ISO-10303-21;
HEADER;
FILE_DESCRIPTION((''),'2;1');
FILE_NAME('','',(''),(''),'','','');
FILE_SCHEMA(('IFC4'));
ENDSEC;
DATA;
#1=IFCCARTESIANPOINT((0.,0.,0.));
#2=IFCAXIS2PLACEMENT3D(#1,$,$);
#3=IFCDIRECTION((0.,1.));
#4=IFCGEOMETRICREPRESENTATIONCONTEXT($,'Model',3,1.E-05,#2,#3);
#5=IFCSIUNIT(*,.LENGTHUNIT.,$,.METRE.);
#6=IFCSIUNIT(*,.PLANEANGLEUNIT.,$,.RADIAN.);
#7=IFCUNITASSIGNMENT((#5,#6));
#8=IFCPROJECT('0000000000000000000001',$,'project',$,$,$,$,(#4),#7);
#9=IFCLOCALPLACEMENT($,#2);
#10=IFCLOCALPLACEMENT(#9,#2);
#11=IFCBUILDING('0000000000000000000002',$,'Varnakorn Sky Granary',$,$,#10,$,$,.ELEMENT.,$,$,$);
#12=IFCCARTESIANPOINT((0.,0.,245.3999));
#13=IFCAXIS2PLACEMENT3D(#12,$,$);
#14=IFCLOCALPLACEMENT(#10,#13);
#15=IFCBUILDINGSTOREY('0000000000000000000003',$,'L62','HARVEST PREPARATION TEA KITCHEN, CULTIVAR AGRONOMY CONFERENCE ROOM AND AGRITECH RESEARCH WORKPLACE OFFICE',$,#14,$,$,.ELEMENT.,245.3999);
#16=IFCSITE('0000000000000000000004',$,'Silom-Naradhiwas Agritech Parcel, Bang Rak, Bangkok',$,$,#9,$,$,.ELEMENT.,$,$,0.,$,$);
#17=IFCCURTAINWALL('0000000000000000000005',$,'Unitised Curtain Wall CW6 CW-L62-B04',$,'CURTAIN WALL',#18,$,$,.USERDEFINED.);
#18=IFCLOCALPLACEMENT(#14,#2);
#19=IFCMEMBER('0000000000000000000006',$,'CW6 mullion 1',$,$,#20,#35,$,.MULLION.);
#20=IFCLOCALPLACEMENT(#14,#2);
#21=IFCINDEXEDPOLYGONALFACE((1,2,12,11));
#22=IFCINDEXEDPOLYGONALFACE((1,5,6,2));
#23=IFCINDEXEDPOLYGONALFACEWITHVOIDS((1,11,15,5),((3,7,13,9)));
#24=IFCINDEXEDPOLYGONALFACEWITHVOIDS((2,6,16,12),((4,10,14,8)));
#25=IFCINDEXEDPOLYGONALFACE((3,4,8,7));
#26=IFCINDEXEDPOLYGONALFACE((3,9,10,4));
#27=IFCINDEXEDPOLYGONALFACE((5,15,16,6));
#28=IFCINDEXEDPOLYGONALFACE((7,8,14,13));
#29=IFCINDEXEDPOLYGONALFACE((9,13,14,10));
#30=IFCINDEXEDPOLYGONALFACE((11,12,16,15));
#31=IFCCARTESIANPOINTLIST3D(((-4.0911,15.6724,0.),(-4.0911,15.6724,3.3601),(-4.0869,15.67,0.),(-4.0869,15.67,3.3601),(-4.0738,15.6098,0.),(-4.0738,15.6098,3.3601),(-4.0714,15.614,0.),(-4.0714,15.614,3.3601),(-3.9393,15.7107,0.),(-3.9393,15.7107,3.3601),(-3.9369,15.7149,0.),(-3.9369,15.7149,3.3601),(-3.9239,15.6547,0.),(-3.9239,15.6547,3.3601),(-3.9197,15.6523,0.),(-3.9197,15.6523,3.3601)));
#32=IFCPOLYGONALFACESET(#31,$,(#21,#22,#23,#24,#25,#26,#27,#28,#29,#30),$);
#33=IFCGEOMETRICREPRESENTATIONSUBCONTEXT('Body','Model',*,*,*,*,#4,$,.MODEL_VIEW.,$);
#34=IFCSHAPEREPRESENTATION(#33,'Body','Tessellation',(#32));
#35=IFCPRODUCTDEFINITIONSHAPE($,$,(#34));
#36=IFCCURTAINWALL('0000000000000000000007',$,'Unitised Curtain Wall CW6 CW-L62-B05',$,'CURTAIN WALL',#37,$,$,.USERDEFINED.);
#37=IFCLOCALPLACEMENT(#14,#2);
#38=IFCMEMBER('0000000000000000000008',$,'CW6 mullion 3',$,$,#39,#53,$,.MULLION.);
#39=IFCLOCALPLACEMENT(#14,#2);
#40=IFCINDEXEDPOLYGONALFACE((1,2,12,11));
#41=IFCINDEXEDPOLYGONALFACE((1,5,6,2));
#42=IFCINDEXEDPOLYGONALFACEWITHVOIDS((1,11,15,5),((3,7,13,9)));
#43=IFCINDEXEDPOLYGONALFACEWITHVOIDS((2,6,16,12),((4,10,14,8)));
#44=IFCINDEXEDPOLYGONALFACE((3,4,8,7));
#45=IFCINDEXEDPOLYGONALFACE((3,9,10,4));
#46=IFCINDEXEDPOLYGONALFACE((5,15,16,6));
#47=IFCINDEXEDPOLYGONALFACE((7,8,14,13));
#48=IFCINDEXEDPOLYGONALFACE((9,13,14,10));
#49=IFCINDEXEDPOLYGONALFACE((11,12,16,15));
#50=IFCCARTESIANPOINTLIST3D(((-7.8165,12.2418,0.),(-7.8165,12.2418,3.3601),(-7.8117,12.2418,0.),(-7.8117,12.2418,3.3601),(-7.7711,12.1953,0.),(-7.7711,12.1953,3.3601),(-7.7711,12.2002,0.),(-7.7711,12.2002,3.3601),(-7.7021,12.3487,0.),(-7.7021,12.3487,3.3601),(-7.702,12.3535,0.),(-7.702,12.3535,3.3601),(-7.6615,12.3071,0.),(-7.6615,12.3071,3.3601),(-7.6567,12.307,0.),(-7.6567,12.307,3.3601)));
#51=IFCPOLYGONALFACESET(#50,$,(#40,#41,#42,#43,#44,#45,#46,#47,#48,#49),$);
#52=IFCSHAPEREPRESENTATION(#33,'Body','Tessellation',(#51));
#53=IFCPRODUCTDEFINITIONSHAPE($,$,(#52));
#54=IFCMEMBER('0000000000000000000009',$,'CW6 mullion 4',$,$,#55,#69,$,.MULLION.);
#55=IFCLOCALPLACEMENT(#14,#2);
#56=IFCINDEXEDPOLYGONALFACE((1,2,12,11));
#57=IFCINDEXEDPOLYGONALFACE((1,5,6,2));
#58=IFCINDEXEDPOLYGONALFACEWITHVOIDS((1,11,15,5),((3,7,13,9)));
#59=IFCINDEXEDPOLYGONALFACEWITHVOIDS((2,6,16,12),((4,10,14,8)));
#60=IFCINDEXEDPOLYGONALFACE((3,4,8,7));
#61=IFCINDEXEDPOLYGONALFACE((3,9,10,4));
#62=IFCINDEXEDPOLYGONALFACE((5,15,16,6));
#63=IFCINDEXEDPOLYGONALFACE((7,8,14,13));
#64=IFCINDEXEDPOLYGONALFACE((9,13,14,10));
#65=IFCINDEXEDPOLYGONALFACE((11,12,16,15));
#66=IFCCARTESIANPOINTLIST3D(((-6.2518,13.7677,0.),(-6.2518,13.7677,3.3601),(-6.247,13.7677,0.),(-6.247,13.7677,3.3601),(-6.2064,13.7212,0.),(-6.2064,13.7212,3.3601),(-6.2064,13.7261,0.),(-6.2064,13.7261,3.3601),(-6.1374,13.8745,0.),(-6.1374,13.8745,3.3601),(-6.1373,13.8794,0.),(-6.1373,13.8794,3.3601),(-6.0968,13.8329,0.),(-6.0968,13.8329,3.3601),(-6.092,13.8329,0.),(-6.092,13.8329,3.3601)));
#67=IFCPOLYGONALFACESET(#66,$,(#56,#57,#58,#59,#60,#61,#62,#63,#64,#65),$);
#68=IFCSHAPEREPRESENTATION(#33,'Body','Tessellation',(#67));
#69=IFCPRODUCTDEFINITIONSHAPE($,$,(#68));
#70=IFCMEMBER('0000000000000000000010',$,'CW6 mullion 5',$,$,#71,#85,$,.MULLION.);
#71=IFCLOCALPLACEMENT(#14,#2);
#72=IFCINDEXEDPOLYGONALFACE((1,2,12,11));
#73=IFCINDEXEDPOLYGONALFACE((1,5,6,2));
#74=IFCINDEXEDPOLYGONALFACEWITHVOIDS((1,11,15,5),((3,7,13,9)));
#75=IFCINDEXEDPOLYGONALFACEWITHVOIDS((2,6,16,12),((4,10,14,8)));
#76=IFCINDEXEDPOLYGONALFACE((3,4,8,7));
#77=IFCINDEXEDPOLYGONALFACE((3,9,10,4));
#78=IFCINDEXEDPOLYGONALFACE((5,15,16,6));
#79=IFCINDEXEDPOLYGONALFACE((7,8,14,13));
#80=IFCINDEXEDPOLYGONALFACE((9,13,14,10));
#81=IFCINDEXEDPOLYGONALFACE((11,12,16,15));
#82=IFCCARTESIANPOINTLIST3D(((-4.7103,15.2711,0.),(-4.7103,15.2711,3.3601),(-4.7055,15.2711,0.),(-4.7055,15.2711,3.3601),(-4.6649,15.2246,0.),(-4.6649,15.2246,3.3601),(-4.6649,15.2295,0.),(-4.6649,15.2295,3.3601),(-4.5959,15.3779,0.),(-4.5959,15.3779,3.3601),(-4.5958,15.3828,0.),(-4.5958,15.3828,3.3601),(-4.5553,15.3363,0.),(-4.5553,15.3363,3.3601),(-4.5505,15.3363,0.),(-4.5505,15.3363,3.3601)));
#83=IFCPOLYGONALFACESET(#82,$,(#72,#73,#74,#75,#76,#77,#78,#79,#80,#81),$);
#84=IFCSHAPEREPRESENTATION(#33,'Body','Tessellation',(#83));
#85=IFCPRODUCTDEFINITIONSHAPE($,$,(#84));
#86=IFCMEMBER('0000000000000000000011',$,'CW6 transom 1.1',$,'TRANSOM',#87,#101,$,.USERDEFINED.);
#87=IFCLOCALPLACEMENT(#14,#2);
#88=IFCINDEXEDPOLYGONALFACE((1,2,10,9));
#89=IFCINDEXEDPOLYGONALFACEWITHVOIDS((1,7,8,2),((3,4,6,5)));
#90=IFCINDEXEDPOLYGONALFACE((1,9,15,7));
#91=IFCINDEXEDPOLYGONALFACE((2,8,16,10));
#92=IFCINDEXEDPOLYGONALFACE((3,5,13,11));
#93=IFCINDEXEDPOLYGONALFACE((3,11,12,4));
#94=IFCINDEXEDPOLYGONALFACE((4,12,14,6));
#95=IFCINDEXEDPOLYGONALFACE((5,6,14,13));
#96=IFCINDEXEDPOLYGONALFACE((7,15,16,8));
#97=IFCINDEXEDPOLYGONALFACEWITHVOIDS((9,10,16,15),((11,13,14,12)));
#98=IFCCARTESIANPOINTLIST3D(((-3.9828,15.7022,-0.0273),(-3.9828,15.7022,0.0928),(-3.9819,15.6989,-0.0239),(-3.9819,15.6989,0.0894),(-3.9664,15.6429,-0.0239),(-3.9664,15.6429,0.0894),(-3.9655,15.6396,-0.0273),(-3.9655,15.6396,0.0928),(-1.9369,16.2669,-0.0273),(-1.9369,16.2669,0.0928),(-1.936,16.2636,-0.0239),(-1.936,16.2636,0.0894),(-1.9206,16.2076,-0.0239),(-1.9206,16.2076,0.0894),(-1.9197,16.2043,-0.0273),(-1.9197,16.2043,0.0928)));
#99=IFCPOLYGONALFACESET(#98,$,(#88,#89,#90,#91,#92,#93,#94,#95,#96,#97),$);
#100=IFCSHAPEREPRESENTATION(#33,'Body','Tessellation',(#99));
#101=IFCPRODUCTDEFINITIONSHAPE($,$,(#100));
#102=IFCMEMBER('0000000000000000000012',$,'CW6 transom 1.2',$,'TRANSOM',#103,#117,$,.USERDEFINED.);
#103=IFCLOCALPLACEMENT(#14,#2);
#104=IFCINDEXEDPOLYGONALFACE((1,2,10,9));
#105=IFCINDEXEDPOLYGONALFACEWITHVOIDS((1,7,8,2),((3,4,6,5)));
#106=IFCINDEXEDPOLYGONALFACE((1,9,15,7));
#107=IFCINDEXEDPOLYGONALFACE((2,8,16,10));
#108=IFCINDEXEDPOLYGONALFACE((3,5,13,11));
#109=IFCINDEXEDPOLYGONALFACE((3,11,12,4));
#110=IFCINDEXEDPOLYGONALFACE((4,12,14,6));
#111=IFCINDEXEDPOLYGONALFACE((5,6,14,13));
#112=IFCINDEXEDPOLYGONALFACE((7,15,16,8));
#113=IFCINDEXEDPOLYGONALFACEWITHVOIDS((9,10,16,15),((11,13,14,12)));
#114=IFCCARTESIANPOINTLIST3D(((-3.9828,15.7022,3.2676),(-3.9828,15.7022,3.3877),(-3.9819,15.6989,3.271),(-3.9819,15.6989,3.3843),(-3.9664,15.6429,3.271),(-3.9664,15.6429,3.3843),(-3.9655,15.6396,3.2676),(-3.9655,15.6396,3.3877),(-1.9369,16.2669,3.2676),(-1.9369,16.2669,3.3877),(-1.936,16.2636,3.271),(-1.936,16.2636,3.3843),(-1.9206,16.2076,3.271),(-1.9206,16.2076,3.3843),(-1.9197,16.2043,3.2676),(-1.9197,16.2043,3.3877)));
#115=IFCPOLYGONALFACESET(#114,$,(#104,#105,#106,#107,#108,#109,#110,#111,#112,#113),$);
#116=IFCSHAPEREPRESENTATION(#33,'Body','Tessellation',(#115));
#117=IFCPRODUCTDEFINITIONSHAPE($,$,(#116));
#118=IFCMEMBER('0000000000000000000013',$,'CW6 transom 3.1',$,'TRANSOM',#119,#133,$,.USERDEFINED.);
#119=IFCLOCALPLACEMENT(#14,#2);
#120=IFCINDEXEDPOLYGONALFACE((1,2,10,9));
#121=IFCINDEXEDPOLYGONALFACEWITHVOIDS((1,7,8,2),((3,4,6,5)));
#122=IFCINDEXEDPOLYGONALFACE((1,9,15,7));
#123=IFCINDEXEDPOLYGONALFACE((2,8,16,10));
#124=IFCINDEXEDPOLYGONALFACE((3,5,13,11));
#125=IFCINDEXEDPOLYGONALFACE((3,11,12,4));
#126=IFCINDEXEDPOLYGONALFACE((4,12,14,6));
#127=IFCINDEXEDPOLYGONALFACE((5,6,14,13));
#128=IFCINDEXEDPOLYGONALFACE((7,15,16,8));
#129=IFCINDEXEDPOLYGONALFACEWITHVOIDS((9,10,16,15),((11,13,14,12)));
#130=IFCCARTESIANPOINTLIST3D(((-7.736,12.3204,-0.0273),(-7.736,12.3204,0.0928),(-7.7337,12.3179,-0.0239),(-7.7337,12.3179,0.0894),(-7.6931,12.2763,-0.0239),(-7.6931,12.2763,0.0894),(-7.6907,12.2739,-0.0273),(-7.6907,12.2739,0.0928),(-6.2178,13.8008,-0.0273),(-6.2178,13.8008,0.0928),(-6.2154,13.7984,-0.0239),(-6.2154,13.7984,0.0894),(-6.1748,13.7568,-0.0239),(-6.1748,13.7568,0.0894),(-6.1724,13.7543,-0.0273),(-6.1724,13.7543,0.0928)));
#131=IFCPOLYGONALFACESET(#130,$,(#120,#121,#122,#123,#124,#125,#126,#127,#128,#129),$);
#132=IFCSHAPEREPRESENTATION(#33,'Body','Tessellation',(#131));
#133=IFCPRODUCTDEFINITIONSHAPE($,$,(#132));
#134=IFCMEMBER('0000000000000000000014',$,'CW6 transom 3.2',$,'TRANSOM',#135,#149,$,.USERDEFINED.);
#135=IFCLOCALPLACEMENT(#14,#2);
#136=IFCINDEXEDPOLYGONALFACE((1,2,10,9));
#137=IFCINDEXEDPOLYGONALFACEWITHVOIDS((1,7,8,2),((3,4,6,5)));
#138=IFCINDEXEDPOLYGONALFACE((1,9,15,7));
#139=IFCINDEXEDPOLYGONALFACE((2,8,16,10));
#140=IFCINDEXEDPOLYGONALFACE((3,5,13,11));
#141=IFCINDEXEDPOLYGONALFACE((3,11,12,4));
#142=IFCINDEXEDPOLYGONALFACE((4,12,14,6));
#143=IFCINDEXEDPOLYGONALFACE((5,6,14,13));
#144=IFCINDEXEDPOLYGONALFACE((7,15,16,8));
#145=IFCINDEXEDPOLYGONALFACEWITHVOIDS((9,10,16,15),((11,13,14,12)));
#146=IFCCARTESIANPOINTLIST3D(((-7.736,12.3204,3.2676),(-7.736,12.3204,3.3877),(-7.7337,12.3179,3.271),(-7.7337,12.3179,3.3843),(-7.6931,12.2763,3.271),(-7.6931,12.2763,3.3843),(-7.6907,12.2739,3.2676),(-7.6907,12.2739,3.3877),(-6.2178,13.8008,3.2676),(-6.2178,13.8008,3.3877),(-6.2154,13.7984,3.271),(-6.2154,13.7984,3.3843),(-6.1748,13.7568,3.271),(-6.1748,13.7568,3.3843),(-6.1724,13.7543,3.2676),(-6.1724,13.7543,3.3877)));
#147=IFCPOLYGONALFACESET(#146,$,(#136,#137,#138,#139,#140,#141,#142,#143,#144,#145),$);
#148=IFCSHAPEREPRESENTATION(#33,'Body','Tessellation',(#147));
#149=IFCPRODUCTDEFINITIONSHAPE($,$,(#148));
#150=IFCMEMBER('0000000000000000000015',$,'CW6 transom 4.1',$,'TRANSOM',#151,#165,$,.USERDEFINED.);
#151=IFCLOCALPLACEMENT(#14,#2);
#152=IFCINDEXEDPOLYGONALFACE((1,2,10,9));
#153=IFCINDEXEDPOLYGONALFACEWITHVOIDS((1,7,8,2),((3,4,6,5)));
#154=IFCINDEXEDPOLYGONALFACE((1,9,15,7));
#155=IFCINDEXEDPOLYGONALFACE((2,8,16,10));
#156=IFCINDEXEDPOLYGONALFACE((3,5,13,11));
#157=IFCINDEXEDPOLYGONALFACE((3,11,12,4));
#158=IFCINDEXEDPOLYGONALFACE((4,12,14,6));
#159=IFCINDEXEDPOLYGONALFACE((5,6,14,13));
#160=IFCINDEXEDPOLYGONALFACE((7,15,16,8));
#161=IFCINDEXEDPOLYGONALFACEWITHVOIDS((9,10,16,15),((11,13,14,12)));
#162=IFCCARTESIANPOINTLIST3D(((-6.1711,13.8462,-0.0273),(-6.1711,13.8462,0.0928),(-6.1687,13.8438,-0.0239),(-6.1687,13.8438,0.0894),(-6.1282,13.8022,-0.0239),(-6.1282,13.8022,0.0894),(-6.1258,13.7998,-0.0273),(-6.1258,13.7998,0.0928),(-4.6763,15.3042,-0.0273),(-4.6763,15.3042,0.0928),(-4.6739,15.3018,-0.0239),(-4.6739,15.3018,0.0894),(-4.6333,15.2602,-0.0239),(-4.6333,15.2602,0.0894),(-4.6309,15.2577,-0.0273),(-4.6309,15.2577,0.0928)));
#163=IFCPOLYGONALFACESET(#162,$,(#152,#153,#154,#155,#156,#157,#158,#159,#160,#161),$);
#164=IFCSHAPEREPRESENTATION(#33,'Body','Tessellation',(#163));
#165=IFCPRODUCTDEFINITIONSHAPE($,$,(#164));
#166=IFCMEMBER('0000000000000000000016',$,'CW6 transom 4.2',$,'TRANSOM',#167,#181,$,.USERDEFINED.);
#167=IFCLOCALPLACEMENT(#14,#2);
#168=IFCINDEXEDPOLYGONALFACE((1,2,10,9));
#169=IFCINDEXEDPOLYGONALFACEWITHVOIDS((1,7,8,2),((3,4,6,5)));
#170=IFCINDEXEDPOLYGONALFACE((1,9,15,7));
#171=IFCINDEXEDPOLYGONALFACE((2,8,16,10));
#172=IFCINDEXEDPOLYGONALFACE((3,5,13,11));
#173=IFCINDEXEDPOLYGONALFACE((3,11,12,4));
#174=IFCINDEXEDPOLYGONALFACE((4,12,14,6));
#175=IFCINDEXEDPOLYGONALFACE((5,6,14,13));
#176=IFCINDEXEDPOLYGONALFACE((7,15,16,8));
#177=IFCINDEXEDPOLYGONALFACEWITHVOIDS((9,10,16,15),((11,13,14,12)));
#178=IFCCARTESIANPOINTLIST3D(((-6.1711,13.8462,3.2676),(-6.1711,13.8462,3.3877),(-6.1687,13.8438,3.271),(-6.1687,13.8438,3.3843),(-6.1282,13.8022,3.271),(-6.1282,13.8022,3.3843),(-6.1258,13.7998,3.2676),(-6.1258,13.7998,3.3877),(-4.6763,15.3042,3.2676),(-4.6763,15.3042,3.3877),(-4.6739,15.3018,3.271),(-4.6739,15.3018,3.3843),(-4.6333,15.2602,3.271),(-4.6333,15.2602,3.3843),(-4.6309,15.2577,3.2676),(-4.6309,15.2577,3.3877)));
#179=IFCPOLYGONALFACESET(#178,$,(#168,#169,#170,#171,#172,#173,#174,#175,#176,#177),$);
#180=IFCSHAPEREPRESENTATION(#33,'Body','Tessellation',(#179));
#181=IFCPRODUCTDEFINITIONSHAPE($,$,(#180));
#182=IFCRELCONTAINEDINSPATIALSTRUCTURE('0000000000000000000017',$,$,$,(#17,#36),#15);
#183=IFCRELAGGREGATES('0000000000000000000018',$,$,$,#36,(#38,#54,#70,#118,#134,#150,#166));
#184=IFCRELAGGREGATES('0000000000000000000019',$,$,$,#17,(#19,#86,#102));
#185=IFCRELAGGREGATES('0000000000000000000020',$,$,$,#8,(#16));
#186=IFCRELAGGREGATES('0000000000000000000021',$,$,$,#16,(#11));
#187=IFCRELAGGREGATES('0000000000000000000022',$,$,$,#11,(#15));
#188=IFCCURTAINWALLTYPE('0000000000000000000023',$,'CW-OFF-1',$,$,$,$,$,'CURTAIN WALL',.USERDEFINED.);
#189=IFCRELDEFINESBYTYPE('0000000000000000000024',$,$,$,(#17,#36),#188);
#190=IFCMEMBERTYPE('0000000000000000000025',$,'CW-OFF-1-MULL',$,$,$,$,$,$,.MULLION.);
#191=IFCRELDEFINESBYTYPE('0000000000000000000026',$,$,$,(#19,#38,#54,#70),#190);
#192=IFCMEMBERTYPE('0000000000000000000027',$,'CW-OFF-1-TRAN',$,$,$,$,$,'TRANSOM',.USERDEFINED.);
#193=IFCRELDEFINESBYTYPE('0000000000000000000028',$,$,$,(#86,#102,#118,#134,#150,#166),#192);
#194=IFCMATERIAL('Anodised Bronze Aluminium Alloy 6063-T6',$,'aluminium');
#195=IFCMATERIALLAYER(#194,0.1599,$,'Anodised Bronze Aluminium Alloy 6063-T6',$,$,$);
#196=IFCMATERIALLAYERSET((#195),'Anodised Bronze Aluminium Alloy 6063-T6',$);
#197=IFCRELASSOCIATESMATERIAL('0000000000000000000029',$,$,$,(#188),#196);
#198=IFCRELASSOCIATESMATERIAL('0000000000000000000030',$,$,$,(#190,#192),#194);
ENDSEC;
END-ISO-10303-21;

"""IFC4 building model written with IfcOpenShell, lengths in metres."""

from ifc_helpers import new_model, si_unit, direction, frame, origin, origin_2d, place, context, subcontext, project, spatial, hollow_rectangle, extrude, material, layer, layer_set, material_profile, profile_set, type_object, element, aggregate, save


model = new_model("IFC4")

# Units and contexts
model_context = context("Model", 3, precision=1e-05, world=origin(), true_north=direction((0.0, 1.0)))
body_context = subcontext(model_context, "Body", "Model", "MODEL_VIEW")
ifc_project = project(units=[si_unit("LENGTHUNIT", "METRE"), si_unit("PLANEANGLEUNIT", "RADIAN")], contexts=[model_context])

# Site, building, storey
site_placement = place(None, origin())
site = spatial("IfcSite", under=ifc_project, at=site_placement, Name="Silom-Naradhiwas Agritech Parcel, Bang Rak, Bangkok", CompositionType="ELEMENT", RefElevation=0.0)
building_placement = place(site_placement, origin())
building = spatial("IfcBuilding", under=site, at=building_placement, Name="Varnakorn Sky Granary", CompositionType="ELEMENT")
storey_placement = place(building_placement, frame((0.0, 0.0, 245.3999)))
storey = spatial("IfcBuildingStorey", under=building, at=storey_placement, Name="L62", Description="HARVEST PREPARATION TEA KITCHEN, CULTIVAR AGRONOMY CONFERENCE ROOM AND AGRITECH RESEARCH WORKPLACE OFFICE", CompositionType="ELEMENT", Elevation=245.3999)

# Curtain wall, member
ifc_material_1 = material(Name="Anodised Bronze Aluminium Alloy 6063-T6", Category="aluminium")
ifc_layer_1 = layer(ifc_material_1, 0.1599, Name="Anodised Bronze Aluminium Alloy 6063-T6")
ifc_layer_set_1 = layer_set([ifc_layer_1], Name="Anodised Bronze Aluminium Alloy 6063-T6")
curtain_wall_type = type_object("IfcCurtainWallType", Name="CW-OFF-1", ElementType="CURTAIN WALL", PredefinedType="USERDEFINED", material=ifc_layer_set_1)
curtain_wall_1_placement = place(storey_placement, origin())
curtain_wall_1 = element("IfcCurtainWall", 1, at=curtain_wall_1_placement, inside=storey, type_object=curtain_wall_type, Name="Unitised Curtain Wall CW6 CW-L62-B04", ObjectType="CURTAIN WALL", PredefinedType="USERDEFINED")
ifc_material_profile_1 = material_profile(ifc_material_1, hollow_rectangle(XDim=0.0649, YDim=0.1599, WallThickness=0.0034, at=origin_2d()), Name="ALU MULL 65x160")
ifc_profile_set_1 = profile_set([ifc_material_profile_1], Name="Anodised Bronze Aluminium Alloy 6063-T6")
member_type_1 = type_object("IfcMemberType", Name="CW-OFF-1-MULL", PredefinedType="MULLION", material=ifc_profile_set_1)
member_1_placement = place(storey_placement, frame((-4.0054, 15.6624, 0.0), z_axis=(0.0, 0.0, 1.0), x_axis=(-0.266022, 0.963967, 0.0)))
member_1 = element("IfcMember", 2, at=member_1_placement, type_object=member_type_1, Name="CW6 mullion 1", PredefinedType="MULLION", context=body_context, shape_type="SweptSolid", body=[
    extrude(hollow_rectangle(XDim=0.0649, YDim=0.1599, WallThickness=0.0034, at=origin_2d()), origin(), (0.0, 0.0, 1.0), 3.3601),
])

# Curtain wall, members
curtain_wall_2_placement = place(storey_placement, origin())
curtain_wall_2 = element("IfcCurtainWall", 3, at=curtain_wall_2_placement, inside=storey, type_object=curtain_wall_type, Name="Unitised Curtain Wall CW6 CW-L62-B05", ObjectType="CURTAIN WALL", PredefinedType="USERDEFINED")
member_2_placement = place(storey_placement, frame((-7.7366, 12.2744, 0.0), z_axis=(0.0, 0.0, 1.0), x_axis=(-0.698181, 0.715922, 0.0)))
member_2 = element("IfcMember", 4, at=member_2_placement, type_object=member_type_1, Name="CW6 mullion 3", PredefinedType="MULLION", context=body_context, shape_type="SweptSolid", body=[
    extrude(hollow_rectangle(XDim=0.0649, YDim=0.1599, WallThickness=0.0034, at=origin_2d()), origin(), (0.0, 0.0, 1.0), 3.3601),
])
member_3_placement = place(storey_placement, frame((-6.1719, 13.8003, 0.0), z_axis=(0.0, 0.0, 1.0), x_axis=(-0.698181, 0.715922, 0.0)))
member_3 = element("IfcMember", 5, at=member_3_placement, type_object=member_type_1, Name="CW6 mullion 4", PredefinedType="MULLION", context=body_context, shape_type="SweptSolid", body=[
    extrude(hollow_rectangle(XDim=0.0649, YDim=0.1599, WallThickness=0.0034, at=origin_2d()), origin(), (0.0, 0.0, 1.0), 3.3601),
])
member_4_placement = place(storey_placement, frame((-4.6304, 15.3037, 0.0), z_axis=(0.0, 0.0, 1.0), x_axis=(-0.698181, 0.715922, 0.0)))
member_4 = element("IfcMember", 6, at=member_4_placement, type_object=member_type_1, Name="CW6 mullion 5", PredefinedType="MULLION", context=body_context, shape_type="SweptSolid", body=[
    extrude(hollow_rectangle(XDim=0.0649, YDim=0.1599, WallThickness=0.0034, at=origin_2d()), origin(), (0.0, 0.0, 1.0), 3.3601),
])

# Members
ifc_material_profile_2 = material_profile(ifc_material_1, hollow_rectangle(XDim=0.0649, YDim=0.1201, WallThickness=0.0034, at=origin_2d()), Name="ALU TRAN 65x120")
ifc_profile_set_2 = profile_set([ifc_material_profile_2], Name="Anodised Bronze Aluminium Alloy 6063-T6")
member_type_2 = type_object("IfcMemberType", Name="CW-OFF-1-TRAN", ElementType="TRANSOM", PredefinedType="USERDEFINED", material=ifc_profile_set_2)
member_5_placement = place(storey_placement, frame((-3.9741, 15.6709, 0.0327), z_axis=(0.963955, 0.266065, 0.0), x_axis=(-0.266065, 0.963955, 0.0)))
member_5 = element("IfcMember", 7, at=member_5_placement, type_object=member_type_2, Name="CW6 transom 1.1", ObjectType="TRANSOM", PredefinedType="USERDEFINED", context=body_context, shape_type="SweptSolid", body=[
    extrude(hollow_rectangle(XDim=0.0649, YDim=0.1201, WallThickness=0.0034, at=origin_2d()), origin(), (0.0, 0.0, 1.0), 2.1223),
])
member_6_placement = place(storey_placement, frame((-3.9741, 15.6709, 3.3276), z_axis=(0.963955, 0.266065, 0.0), x_axis=(-0.266065, 0.963955, 0.0)))
member_6 = element("IfcMember", 8, at=member_6_placement, type_object=member_type_2, Name="CW6 transom 1.2", ObjectType="TRANSOM", PredefinedType="USERDEFINED", context=body_context, shape_type="SweptSolid", body=[
    extrude(hollow_rectangle(XDim=0.0649, YDim=0.1201, WallThickness=0.0034, at=origin_2d()), origin(), (0.0, 0.0, 1.0), 2.1223),
])
member_7_placement = place(storey_placement, frame((-7.7134, 12.2971, 0.0327), z_axis=(0.715973, 0.698128, 0.0), x_axis=(-0.698128, 0.715973, 0.0)))
member_7 = element("IfcMember", 9, at=member_7_placement, type_object=member_type_2, Name="CW6 transom 3.1", ObjectType="TRANSOM", PredefinedType="USERDEFINED", context=body_context, shape_type="SweptSolid", body=[
    extrude(hollow_rectangle(XDim=0.0649, YDim=0.1201, WallThickness=0.0034, at=origin_2d()), origin(), (0.0, 0.0, 1.0), 2.1206),
])
member_8_placement = place(storey_placement, frame((-7.7134, 12.2971, 3.3276), z_axis=(0.715973, 0.698128, 0.0), x_axis=(-0.698128, 0.715973, 0.0)))
member_8 = element("IfcMember", 10, at=member_8_placement, type_object=member_type_2, Name="CW6 transom 3.2", ObjectType="TRANSOM", PredefinedType="USERDEFINED", context=body_context, shape_type="SweptSolid", body=[
    extrude(hollow_rectangle(XDim=0.0649, YDim=0.1201, WallThickness=0.0034, at=origin_2d()), origin(), (0.0, 0.0, 1.0), 2.1206),
])
member_9_placement = place(storey_placement, frame((-6.1484, 13.823, 0.0327), z_axis=(0.715879, 0.698224, 0.0), x_axis=(-0.698224, 0.715879, 0.0)))
member_9 = element("IfcMember", 11, at=member_9_placement, type_object=member_type_2, Name="CW6 transom 4.1", ObjectType="TRANSOM", PredefinedType="USERDEFINED", context=body_context, shape_type="SweptSolid", body=[
    extrude(hollow_rectangle(XDim=0.0649, YDim=0.1201, WallThickness=0.0034, at=origin_2d()), origin(), (0.0, 0.0, 1.0), 2.0881),
])
member_10_placement = place(storey_placement, frame((-6.1484, 13.823, 3.3276), z_axis=(0.715879, 0.698224, 0.0), x_axis=(-0.698224, 0.715879, 0.0)))
member_10 = element("IfcMember", 12, at=member_10_placement, type_object=member_type_2, Name="CW6 transom 4.2", ObjectType="TRANSOM", PredefinedType="USERDEFINED", context=body_context, shape_type="SweptSolid", body=[
    extrude(hollow_rectangle(XDim=0.0649, YDim=0.1201, WallThickness=0.0034, at=origin_2d()), origin(), (0.0, 0.0, 1.0), 2.0881),
])

aggregate(curtain_wall_2, [member_2, member_3, member_4, member_7, member_8, member_9, member_10])
aggregate(curtain_wall_1, [member_1, member_5, member_6])

save(model, "model.ifc")
